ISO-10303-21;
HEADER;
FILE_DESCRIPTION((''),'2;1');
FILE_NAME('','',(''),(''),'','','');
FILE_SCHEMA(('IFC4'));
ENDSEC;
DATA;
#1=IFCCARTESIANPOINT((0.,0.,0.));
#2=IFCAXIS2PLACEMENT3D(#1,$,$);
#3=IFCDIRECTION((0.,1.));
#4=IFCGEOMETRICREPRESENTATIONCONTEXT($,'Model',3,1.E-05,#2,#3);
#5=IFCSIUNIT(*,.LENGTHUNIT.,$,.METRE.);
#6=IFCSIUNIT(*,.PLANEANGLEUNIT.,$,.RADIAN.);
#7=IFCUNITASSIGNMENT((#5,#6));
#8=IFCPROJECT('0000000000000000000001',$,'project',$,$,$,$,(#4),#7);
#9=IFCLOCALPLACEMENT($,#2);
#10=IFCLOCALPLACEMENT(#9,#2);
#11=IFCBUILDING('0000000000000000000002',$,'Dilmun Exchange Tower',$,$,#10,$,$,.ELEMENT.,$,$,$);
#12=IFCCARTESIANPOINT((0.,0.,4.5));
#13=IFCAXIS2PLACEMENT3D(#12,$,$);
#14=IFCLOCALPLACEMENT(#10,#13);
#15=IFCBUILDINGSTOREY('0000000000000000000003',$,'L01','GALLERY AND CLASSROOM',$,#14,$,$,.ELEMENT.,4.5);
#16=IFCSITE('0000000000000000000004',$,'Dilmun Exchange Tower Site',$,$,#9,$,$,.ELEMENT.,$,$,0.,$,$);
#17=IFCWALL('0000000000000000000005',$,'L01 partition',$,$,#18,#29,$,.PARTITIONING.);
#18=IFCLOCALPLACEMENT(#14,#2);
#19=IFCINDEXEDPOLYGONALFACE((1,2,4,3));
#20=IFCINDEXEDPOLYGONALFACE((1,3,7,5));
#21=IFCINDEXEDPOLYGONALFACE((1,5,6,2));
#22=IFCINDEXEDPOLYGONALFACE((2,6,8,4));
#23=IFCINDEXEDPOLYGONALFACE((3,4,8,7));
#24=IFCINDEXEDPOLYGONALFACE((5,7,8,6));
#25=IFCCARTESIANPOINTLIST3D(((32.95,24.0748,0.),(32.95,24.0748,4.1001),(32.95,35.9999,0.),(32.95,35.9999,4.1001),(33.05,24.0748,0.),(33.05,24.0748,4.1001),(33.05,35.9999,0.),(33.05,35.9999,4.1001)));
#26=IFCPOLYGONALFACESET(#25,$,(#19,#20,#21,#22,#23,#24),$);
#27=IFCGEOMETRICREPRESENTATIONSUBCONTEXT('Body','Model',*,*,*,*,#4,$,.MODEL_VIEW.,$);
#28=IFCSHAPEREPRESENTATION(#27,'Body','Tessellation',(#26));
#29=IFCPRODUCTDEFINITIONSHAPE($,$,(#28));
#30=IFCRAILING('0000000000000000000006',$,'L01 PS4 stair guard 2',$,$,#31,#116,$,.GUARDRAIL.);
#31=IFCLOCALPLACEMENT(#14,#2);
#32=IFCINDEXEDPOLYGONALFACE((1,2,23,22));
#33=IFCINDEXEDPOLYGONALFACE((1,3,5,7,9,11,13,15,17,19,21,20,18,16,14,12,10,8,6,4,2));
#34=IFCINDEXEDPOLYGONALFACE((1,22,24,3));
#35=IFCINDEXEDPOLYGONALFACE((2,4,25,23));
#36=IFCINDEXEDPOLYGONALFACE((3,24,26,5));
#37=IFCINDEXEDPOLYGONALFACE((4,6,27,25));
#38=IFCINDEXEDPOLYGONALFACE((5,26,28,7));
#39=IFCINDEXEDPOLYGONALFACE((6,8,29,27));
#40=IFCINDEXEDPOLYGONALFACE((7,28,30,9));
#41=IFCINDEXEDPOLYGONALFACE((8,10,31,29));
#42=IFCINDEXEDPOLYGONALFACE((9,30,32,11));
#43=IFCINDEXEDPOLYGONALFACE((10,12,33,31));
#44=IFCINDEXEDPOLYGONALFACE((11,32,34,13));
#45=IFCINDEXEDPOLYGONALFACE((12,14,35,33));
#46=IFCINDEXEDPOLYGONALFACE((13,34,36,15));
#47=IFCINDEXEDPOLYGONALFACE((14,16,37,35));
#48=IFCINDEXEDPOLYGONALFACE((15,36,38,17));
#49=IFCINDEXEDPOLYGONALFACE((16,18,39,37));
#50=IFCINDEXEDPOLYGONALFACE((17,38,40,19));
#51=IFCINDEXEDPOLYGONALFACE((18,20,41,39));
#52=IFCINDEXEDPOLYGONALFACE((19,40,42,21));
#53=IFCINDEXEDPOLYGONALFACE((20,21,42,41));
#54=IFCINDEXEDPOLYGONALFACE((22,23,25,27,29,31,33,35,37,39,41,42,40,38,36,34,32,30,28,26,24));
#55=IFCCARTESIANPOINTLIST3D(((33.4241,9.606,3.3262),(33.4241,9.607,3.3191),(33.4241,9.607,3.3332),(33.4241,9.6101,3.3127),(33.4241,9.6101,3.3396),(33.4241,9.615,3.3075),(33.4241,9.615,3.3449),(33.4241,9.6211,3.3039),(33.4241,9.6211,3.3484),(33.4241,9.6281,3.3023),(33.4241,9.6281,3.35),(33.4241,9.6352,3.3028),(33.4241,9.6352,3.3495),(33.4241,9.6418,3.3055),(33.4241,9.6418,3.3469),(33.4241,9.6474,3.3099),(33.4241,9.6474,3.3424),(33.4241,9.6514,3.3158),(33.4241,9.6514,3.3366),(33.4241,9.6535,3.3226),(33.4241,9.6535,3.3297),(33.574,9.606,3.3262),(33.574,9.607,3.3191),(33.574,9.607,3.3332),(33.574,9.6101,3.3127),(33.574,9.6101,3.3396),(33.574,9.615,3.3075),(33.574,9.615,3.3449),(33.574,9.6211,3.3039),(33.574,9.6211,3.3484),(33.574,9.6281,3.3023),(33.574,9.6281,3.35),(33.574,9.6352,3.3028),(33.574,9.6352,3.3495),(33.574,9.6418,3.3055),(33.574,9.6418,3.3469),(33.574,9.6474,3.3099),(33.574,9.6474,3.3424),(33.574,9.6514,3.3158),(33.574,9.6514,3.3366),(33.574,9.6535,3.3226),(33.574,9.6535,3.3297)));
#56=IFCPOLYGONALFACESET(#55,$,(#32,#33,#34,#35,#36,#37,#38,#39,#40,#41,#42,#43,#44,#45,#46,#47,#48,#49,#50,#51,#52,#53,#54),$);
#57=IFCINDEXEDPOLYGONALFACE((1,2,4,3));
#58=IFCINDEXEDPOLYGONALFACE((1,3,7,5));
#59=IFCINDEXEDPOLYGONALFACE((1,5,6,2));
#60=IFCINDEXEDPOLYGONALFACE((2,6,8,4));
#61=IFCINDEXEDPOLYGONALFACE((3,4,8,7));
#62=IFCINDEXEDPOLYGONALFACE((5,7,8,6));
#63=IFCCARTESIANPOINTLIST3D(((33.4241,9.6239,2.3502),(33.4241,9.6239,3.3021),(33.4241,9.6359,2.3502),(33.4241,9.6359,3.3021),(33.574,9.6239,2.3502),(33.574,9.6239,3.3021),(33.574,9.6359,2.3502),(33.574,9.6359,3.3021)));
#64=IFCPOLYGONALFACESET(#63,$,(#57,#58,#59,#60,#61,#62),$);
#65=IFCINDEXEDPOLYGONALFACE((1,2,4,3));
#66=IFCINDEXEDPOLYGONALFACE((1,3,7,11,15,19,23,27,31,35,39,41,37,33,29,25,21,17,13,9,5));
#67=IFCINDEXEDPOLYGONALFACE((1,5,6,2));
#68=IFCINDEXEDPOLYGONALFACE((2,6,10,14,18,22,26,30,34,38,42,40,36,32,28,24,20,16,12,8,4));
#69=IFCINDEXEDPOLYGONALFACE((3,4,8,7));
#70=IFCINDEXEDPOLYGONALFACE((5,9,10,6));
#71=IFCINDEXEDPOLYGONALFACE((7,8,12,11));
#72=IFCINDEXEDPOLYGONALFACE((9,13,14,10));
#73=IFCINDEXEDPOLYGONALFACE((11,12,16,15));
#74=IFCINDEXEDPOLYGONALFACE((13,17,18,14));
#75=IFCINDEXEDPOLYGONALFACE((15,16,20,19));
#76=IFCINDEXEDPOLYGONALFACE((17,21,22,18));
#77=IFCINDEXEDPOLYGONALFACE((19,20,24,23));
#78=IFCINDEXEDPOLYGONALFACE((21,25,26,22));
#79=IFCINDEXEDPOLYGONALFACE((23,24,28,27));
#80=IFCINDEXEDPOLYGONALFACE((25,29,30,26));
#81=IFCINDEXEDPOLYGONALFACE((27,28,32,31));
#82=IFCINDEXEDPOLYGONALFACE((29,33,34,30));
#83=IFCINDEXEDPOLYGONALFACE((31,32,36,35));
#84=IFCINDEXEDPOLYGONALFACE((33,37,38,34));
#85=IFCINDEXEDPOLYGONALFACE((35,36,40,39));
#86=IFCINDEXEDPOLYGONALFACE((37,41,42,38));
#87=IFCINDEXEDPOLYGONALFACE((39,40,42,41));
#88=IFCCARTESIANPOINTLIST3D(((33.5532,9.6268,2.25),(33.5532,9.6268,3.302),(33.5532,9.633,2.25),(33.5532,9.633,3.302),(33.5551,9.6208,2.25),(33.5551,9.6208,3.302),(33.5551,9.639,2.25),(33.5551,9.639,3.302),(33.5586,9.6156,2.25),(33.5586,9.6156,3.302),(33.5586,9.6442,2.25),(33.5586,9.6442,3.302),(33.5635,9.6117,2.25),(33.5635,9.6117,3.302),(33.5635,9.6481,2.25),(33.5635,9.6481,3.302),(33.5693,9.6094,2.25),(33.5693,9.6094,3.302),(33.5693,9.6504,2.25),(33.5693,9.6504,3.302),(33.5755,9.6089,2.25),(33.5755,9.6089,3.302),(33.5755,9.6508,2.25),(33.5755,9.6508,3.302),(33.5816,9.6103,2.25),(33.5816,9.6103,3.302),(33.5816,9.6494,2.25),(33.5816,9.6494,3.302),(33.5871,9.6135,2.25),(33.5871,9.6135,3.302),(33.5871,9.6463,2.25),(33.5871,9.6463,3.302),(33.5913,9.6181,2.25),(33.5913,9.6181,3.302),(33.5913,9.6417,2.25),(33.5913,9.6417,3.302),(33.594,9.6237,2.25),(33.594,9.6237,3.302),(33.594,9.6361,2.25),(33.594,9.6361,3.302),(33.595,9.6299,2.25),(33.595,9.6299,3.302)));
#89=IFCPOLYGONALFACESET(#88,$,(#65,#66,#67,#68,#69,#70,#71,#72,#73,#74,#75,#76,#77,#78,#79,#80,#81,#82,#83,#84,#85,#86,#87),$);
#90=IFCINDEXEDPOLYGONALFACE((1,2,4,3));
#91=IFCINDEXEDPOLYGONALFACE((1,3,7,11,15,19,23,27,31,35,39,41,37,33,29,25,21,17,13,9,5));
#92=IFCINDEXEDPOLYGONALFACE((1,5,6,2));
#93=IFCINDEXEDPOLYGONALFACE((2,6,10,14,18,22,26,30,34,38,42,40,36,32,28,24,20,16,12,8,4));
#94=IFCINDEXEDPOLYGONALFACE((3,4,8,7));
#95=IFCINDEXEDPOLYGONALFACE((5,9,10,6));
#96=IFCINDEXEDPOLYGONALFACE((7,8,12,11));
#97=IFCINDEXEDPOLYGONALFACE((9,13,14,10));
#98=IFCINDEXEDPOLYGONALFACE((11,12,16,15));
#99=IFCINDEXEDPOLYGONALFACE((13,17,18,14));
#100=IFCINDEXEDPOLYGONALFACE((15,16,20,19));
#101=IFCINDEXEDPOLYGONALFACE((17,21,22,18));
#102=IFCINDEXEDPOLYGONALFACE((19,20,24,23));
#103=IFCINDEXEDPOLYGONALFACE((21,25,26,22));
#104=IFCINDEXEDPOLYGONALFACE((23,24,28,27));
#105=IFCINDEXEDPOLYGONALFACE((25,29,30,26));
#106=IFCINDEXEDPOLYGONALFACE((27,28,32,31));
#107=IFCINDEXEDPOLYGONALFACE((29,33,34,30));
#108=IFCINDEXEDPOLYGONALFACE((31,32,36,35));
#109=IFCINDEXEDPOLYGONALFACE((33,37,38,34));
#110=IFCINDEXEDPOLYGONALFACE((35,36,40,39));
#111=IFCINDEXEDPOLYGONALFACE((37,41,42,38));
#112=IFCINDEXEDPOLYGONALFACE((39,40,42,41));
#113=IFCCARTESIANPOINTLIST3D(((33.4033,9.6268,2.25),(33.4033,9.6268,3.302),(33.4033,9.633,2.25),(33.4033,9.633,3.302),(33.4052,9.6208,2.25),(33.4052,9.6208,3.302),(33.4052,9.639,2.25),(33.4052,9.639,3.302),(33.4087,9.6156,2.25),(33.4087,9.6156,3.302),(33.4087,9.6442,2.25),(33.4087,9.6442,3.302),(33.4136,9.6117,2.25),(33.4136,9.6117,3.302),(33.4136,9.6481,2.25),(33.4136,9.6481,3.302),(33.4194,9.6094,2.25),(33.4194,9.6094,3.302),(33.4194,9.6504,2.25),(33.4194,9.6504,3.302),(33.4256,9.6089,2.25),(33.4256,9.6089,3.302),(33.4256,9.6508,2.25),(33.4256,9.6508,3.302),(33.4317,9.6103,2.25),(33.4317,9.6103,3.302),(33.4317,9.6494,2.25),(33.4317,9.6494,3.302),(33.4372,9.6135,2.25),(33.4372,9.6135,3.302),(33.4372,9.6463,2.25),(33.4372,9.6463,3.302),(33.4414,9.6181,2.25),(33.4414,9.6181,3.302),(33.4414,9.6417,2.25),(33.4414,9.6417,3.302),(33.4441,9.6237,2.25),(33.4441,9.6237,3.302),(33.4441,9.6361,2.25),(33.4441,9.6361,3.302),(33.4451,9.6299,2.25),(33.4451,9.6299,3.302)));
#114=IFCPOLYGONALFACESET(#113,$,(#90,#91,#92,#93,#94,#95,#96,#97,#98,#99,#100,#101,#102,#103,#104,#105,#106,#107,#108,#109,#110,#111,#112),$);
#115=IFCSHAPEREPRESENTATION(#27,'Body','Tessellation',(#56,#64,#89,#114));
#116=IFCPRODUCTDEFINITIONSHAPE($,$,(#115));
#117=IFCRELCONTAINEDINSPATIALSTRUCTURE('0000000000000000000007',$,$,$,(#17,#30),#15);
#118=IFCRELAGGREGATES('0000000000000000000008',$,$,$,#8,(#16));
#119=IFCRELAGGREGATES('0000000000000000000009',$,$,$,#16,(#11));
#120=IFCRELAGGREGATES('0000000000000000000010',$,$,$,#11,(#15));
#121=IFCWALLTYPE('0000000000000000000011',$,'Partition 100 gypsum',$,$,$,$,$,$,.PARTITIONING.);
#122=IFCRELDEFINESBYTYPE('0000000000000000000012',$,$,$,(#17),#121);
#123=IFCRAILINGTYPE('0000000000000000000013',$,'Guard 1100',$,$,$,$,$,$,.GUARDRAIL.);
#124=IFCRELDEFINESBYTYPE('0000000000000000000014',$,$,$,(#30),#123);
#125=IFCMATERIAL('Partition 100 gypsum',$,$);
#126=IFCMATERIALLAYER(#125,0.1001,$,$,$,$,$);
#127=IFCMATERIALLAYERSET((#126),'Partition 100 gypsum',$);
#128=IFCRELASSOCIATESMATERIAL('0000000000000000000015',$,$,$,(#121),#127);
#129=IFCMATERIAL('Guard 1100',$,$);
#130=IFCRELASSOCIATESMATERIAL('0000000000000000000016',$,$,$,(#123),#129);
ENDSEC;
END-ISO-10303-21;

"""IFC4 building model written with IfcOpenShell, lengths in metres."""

from ifc_helpers import new_model, si_unit, direction, frame, frame_2d, origin, origin_2d, place, context, subcontext, project, spatial, rectangle, circle, extrude, material, layer, layer_set, type_object, element, save


model = new_model("IFC4")

# Units and contexts
model_context = context("Model", 3, precision=1e-05, world=origin(), true_north=direction((0.0, 1.0)))
body_context = subcontext(model_context, "Body", "Model", "MODEL_VIEW")
ifc_project = project(units=[si_unit("LENGTHUNIT", "METRE"), si_unit("PLANEANGLEUNIT", "RADIAN")], contexts=[model_context])

# Site, building, storey
site_placement = place(None, origin())
site = spatial("IfcSite", under=ifc_project, at=site_placement, Name="Dilmun Exchange Tower Site", CompositionType="ELEMENT", RefElevation=0.0)
building_placement = place(site_placement, origin())
building = spatial("IfcBuilding", under=site, at=building_placement, Name="Dilmun Exchange Tower", CompositionType="ELEMENT")
storey_placement = place(building_placement, frame((0.0, 0.0, 4.5)))
storey = spatial("IfcBuildingStorey", under=building, at=storey_placement, Name="L01", Description="GALLERY AND CLASSROOM", CompositionType="ELEMENT", Elevation=4.5)

# Wall
ifc_material_1 = material(Name="Partition 100 gypsum")
ifc_layer_1 = layer(ifc_material_1, 0.1001)
ifc_layer_set_1 = layer_set([ifc_layer_1], Name="Partition 100 gypsum")
wall_type_1 = type_object("IfcWallType", Name="Partition 100 gypsum", PredefinedType="PARTITIONING", material=ifc_layer_set_1)
for number, where, z_axis, x_axis, name in (
    (1, (33.0, 24.075, 0.0), (0.0, 0.0, 1.0), (0.0, 1.0, 0.0), "L01 partition"),
):
    element("IfcWall", number, at=place(storey_placement, frame(where, z_axis=z_axis, x_axis=x_axis)), inside=storey, type_object=wall_type_1, Name=name, PredefinedType="PARTITIONING", context=body_context, shape_type="SweptSolid", body=[
        extrude(rectangle(XDim=11.925, YDim=0.1001, at=frame_2d((5.9624, 0.0))), origin(), (0.0, 0.0, 1.0), 4.1001),
    ])

# Railing
ifc_material_2 = material(Name="Guard 1100")
railing_type = type_object("IfcRailingType", Name="Guard 1100", PredefinedType="GUARDRAIL", material=ifc_material_2)
railing_1_placement = place(storey_placement, frame((33.574, 9.6299, 2.25)))
element("IfcRailing", 2, at=railing_1_placement, inside=storey, type_object=railing_type, Name="L01 PS4 stair guard 2", PredefinedType="GUARDRAIL", context=body_context, shape_type="SweptSolid", body=[
    extrude(circle(Radius=0.0239, at=origin_2d()), frame((0.0, 0.0, 1.0762), z_axis=(-1.0, 0.0, 0.0), x_axis=(0.0, -1.0, 0.0)), (0.0, 0.0, 1.0), 0.1499),
    extrude(rectangle(XDim=0.012, YDim=0.9519, at=origin_2d()), frame((0.0, 0.0, 0.5762), z_axis=(-1.0, 0.0, 0.0), x_axis=(0.0, -1.0, 0.0)), (0.0, 0.0, 1.0), 0.1499),
    extrude(circle(Radius=0.021, at=origin_2d()), origin(), (0.0, 0.0, 1.0), 1.052),
    extrude(circle(Radius=0.021, at=origin_2d()), frame((-0.1499, 0.0, 0.0)), (0.0, 0.0, 1.0), 1.052),
])

save(model, "model.ifc")
